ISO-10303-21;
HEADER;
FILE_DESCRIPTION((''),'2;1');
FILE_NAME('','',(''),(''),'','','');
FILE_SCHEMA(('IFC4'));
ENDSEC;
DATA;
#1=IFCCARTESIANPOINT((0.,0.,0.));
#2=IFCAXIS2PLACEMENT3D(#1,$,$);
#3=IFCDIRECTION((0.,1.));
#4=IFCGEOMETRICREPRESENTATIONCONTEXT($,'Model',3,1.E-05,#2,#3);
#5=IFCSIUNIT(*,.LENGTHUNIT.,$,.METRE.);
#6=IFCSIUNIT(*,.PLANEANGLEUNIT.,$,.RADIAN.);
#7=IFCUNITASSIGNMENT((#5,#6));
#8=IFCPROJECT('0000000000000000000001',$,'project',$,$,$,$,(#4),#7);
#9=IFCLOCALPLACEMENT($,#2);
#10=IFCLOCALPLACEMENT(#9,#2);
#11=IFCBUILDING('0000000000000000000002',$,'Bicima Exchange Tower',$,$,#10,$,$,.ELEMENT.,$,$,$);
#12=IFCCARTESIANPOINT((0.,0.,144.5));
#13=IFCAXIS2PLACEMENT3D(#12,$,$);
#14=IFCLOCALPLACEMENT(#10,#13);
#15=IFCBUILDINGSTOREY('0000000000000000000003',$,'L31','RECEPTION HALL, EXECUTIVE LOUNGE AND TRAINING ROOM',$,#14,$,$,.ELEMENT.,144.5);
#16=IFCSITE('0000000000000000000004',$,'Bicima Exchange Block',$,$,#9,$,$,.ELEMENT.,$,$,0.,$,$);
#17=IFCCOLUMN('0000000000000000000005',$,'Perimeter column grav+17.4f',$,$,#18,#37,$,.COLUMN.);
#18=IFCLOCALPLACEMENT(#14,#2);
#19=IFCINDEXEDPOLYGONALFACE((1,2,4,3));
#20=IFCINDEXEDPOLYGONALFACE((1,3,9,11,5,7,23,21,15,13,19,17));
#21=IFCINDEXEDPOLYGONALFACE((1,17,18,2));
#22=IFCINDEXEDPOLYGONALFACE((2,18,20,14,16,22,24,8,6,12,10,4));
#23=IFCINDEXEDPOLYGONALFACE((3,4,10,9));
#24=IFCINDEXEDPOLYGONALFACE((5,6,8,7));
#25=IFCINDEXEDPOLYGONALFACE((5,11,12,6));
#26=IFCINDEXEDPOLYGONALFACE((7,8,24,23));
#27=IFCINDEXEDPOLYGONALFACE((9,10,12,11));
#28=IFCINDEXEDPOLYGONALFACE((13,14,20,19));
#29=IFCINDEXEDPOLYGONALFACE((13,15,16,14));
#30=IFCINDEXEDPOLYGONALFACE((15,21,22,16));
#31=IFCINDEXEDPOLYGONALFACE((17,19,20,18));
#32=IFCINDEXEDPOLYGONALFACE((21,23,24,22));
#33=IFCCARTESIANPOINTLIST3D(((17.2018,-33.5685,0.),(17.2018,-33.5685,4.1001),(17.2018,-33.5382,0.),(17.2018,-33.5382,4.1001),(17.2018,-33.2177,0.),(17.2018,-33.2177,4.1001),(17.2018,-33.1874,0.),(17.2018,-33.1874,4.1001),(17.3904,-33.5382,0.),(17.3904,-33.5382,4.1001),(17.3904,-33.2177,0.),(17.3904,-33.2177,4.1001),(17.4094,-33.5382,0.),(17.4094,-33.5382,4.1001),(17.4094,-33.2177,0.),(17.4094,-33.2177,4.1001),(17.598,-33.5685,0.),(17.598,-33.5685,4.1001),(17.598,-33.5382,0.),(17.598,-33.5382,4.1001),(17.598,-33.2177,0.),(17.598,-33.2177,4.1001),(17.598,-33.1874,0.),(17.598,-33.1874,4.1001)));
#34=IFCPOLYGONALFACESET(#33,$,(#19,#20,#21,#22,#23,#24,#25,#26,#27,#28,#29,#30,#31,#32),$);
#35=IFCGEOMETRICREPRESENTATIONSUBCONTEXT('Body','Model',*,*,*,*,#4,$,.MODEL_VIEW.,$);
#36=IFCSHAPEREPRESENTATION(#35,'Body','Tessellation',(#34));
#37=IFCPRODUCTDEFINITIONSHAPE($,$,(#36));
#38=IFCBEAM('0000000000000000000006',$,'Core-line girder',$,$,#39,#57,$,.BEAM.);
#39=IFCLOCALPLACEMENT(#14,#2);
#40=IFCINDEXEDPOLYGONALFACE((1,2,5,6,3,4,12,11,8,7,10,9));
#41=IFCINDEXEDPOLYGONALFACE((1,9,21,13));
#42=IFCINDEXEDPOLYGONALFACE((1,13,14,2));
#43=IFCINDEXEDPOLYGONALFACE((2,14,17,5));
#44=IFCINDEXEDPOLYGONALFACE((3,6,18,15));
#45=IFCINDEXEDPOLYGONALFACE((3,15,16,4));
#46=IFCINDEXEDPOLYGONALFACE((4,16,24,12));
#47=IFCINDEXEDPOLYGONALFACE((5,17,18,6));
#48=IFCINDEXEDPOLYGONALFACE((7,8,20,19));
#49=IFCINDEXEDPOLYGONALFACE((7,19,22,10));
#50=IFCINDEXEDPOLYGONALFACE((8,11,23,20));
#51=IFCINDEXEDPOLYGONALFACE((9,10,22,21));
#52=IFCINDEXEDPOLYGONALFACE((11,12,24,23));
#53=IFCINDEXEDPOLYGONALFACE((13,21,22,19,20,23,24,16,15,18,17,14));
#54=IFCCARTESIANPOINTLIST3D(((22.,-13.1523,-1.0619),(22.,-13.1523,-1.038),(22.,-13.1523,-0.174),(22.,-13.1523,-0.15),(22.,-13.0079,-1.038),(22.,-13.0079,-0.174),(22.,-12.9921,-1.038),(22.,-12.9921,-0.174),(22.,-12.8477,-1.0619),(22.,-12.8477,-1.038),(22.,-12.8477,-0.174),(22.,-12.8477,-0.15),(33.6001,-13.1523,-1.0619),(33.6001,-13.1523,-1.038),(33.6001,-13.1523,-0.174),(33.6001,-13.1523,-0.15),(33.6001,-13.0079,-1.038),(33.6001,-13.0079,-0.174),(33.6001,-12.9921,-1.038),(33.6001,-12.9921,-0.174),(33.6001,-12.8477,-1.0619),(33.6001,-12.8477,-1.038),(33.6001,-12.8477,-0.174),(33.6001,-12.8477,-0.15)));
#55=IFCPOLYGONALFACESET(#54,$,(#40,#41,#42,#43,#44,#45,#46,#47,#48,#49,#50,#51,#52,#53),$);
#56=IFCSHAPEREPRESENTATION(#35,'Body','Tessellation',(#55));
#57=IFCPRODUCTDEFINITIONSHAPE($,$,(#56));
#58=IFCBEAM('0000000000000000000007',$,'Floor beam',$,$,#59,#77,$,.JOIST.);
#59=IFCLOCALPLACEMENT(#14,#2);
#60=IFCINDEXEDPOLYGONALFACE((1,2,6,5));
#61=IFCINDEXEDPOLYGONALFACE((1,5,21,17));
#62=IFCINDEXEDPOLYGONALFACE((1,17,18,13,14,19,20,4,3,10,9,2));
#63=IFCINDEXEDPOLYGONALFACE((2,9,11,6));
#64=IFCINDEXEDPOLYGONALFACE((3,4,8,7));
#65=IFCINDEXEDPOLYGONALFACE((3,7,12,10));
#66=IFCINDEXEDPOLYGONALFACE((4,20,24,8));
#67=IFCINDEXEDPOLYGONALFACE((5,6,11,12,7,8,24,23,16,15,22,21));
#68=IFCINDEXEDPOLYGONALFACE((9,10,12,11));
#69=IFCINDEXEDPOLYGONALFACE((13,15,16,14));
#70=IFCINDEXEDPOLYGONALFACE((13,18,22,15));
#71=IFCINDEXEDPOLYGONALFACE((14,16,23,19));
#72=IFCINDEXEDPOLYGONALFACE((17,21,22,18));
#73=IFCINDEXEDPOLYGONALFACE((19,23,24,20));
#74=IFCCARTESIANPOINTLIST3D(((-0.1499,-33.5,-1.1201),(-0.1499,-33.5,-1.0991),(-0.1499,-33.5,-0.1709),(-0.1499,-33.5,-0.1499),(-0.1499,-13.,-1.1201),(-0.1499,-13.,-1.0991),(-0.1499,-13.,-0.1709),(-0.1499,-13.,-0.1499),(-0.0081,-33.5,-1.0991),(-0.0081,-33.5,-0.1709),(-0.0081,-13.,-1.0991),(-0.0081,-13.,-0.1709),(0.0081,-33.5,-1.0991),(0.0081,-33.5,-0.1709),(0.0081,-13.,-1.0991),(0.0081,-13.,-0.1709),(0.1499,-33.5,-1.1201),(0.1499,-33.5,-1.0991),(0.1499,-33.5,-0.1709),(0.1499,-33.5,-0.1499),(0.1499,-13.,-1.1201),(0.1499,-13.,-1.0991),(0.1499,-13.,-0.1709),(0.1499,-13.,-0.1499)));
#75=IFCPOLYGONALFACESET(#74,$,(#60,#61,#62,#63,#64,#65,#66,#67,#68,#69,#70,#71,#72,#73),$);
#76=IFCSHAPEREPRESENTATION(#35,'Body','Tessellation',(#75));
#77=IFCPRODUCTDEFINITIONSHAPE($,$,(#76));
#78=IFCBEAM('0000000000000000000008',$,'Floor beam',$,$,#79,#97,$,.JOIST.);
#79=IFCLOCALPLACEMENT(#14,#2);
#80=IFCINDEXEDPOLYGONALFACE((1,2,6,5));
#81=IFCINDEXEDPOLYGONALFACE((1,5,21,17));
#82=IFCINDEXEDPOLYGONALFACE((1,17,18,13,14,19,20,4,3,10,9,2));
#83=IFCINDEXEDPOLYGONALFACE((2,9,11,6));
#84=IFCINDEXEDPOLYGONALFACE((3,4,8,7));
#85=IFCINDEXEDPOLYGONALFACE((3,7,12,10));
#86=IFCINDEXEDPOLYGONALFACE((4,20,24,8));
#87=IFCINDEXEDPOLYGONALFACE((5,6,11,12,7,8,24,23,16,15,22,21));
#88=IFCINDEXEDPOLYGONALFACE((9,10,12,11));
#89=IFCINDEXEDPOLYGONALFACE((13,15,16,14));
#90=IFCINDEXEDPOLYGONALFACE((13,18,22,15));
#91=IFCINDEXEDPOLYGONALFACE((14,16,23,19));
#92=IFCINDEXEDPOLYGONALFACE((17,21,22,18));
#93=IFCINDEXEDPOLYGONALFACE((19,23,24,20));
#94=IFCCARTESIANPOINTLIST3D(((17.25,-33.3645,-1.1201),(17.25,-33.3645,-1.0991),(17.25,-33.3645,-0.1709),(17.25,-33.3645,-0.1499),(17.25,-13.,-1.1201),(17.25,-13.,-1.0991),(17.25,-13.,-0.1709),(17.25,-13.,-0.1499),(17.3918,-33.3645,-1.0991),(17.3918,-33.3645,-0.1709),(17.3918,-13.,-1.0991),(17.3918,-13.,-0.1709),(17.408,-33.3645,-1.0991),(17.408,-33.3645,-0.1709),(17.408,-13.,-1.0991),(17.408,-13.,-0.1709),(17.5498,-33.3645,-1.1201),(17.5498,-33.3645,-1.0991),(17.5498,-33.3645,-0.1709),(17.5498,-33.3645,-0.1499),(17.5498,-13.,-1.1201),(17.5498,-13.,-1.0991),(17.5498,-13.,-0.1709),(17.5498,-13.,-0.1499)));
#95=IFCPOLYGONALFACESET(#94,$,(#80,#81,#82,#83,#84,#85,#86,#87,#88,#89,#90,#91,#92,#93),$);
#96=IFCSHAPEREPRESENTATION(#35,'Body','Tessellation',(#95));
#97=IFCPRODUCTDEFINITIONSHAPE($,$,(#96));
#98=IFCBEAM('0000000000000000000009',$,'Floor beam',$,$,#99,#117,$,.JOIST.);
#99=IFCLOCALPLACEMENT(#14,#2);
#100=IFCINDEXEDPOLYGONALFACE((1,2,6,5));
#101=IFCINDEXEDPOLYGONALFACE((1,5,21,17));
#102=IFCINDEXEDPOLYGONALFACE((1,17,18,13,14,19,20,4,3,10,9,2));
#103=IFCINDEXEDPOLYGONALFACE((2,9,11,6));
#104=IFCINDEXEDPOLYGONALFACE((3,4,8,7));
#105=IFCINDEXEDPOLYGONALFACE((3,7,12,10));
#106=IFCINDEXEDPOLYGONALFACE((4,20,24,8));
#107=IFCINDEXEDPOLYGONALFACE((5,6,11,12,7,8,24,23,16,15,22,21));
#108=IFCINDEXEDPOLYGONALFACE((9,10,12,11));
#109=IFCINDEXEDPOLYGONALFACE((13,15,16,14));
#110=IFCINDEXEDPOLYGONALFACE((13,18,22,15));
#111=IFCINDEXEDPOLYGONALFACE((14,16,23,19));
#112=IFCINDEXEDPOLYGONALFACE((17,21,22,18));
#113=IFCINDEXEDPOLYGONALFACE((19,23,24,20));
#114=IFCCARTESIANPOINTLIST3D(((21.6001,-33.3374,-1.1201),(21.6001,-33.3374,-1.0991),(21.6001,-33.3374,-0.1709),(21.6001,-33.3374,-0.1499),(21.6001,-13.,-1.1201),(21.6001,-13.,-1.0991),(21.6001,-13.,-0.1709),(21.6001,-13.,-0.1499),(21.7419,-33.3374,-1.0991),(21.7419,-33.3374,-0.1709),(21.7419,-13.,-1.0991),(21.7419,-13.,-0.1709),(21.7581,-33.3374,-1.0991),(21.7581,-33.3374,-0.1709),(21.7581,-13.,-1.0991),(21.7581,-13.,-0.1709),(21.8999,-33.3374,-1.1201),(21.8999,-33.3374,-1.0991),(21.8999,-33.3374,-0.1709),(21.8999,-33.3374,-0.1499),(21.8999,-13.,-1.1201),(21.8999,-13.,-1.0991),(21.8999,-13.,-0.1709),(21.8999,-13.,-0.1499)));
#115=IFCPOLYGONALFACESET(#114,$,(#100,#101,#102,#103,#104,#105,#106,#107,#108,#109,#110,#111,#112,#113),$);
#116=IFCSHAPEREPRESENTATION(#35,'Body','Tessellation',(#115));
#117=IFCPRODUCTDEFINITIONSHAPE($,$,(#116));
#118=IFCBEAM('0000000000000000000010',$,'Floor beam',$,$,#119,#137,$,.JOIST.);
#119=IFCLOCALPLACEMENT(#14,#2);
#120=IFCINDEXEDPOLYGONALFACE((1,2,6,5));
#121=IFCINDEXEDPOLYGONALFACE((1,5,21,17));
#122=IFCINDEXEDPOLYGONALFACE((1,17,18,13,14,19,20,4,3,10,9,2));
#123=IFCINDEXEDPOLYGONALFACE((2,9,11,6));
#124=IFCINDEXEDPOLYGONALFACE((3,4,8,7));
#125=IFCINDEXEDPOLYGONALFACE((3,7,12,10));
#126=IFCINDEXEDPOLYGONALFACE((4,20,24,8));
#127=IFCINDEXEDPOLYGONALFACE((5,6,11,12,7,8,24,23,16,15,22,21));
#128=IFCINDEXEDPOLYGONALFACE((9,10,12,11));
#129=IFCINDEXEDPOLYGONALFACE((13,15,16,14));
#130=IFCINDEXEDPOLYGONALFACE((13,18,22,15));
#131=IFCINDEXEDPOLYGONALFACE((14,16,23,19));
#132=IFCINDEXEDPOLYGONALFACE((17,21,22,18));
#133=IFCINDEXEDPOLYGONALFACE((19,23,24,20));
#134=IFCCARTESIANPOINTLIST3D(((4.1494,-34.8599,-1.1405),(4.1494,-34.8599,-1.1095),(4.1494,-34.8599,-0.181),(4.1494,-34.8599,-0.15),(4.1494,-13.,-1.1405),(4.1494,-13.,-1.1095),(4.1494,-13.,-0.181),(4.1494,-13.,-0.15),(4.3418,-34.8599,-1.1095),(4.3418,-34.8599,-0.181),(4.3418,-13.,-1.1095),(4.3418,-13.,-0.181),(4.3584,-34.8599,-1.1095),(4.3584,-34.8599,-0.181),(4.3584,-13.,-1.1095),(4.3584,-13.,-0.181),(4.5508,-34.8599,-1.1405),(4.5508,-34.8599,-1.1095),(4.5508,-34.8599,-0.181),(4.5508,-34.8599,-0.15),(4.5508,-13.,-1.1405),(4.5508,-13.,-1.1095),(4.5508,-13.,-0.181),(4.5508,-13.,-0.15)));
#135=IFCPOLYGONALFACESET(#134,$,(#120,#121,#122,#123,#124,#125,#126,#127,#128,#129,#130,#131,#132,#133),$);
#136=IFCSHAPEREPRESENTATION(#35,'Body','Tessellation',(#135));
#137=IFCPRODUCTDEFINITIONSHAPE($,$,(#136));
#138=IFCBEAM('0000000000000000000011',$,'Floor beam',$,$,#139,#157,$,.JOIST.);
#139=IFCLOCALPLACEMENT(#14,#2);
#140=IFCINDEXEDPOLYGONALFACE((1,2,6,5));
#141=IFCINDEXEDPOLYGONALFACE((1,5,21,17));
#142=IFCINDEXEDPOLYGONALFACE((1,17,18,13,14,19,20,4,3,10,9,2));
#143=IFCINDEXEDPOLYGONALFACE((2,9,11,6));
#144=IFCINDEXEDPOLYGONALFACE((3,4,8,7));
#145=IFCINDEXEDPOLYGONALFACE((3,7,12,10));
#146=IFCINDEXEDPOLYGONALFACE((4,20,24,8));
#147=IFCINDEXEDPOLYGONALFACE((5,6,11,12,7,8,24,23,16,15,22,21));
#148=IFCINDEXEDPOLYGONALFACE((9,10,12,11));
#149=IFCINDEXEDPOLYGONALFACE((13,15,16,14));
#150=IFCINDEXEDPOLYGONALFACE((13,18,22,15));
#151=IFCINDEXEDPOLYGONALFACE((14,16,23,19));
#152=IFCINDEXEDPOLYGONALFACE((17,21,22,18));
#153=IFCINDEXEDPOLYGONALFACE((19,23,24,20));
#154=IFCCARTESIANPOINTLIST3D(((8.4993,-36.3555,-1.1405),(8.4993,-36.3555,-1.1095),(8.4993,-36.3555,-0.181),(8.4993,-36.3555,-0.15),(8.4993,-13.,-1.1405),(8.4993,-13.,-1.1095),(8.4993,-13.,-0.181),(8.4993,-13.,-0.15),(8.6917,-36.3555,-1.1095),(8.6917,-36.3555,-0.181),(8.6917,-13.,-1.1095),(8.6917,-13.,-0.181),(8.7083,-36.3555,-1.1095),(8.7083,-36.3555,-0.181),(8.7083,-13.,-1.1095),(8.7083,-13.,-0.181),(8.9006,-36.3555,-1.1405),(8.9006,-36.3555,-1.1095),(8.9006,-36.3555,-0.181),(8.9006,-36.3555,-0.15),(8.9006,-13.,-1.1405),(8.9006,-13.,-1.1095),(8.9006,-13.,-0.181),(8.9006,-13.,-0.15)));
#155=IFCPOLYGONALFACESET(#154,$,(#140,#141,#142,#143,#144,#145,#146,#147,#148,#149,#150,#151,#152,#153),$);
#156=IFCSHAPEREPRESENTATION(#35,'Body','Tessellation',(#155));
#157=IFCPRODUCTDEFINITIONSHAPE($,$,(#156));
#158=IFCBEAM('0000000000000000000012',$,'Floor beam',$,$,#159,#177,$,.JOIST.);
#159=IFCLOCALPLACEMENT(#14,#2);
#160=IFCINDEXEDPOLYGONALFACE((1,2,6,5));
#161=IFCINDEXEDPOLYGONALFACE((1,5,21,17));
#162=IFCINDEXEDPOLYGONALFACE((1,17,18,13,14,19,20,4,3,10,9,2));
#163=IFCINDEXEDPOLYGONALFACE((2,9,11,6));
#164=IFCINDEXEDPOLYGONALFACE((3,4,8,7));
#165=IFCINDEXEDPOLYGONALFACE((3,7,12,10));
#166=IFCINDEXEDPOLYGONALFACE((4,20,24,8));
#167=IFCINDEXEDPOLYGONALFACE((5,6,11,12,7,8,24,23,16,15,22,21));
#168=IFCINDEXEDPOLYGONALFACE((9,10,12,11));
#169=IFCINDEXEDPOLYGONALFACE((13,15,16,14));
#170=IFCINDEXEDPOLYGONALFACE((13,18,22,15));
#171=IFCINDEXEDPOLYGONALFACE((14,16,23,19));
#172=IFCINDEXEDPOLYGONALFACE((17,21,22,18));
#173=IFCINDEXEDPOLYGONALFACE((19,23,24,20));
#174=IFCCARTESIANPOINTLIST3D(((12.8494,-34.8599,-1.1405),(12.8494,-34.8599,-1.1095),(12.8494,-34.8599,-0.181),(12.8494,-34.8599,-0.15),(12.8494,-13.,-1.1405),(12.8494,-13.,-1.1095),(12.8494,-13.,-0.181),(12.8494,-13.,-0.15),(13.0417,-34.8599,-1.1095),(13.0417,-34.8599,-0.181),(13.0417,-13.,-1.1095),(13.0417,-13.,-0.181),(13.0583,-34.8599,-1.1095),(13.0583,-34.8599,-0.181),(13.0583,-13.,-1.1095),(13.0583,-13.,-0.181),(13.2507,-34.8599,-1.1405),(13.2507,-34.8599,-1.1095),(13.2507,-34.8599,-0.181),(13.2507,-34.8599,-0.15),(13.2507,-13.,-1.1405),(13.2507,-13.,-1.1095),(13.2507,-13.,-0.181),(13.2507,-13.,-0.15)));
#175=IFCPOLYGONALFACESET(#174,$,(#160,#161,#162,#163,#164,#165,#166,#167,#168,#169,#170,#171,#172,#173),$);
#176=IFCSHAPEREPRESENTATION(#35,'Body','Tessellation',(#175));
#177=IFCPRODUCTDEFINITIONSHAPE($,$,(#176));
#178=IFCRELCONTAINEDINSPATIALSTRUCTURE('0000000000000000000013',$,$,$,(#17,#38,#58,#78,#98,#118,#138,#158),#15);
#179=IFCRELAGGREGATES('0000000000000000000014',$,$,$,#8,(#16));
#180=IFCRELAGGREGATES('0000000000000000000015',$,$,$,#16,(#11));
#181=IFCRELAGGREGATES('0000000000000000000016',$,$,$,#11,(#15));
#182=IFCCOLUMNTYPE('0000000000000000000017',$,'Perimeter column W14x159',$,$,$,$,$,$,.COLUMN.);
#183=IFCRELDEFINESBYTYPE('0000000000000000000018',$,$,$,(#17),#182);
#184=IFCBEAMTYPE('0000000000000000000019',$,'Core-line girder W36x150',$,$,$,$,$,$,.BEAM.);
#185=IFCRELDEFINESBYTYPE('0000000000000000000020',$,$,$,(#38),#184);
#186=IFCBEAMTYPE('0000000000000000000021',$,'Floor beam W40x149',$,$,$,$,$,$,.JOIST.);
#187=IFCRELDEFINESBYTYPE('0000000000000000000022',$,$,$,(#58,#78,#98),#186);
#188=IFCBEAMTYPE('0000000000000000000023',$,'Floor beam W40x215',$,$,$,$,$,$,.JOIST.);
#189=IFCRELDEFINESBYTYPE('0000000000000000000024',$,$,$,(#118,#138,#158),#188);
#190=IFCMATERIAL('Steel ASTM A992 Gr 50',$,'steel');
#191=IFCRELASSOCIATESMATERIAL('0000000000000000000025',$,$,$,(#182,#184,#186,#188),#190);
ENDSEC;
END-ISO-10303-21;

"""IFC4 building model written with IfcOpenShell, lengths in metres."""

from ifc_helpers import new_model, si_unit, direction, frame, origin, origin_2d, place, context, subcontext, project, spatial, i_section, extrude, material, material_profile, profile_set, type_object, element, save


model = new_model("IFC4")

# Units and contexts
model_context = context("Model", 3, precision=1e-05, world=origin(), true_north=direction((0.0, 1.0)))
body_context = subcontext(model_context, "Body", "Model", "MODEL_VIEW")
ifc_project = project(units=[si_unit("LENGTHUNIT", "METRE"), si_unit("PLANEANGLEUNIT", "RADIAN")], contexts=[model_context])

# Site, building, storey
site_placement = place(None, origin())
site = spatial("IfcSite", under=ifc_project, at=site_placement, Name="Bicima Exchange Block", CompositionType="ELEMENT", RefElevation=0.0)
building_placement = place(site_placement, origin())
building = spatial("IfcBuilding", under=site, at=building_placement, Name="Bicima Exchange Tower", CompositionType="ELEMENT")
storey_placement = place(building_placement, frame((0.0, 0.0, 144.5)))
storey = spatial("IfcBuildingStorey", under=building, at=storey_placement, Name="L31", Description="RECEPTION HALL, EXECUTIVE LOUNGE AND TRAINING ROOM", CompositionType="ELEMENT", Elevation=144.5)

# Column
ifc_material_1 = material(Name="Steel ASTM A992 Gr 50", Category="steel")
ifc_material_profile_1 = material_profile(ifc_material_1, i_section(OverallWidth=0.3962, OverallDepth=0.3811, WebThickness=0.019, FlangeThickness=0.0303, at=origin_2d()))
ifc_profile_set_1 = profile_set([ifc_material_profile_1], Name="Steel ASTM A992 Gr 50")
column_type = type_object("IfcColumnType", Name="Perimeter column W14x159", PredefinedType="COLUMN", material=ifc_profile_set_1)
column_placement = place(storey_placement, frame((17.3999, -33.3779, 0.0), z_axis=(0.0, 0.0, 1.0), x_axis=(1.0, 0.0, 0.0)))
element("IfcColumn", 1, at=column_placement, inside=storey, type_object=column_type, Name="Perimeter column grav+17.4f", PredefinedType="COLUMN", context=body_context, shape_type="SweptSolid", body=[
    extrude(i_section(OverallWidth=0.3962, OverallDepth=0.3811, WebThickness=0.019, FlangeThickness=0.0303, at=origin_2d()), origin(), (0.0, 0.0, 1.0), 4.1001),
])

# Beams
ifc_material_profile_2 = material_profile(ifc_material_1, i_section(OverallWidth=0.3047, OverallDepth=0.9119, WebThickness=0.0159, FlangeThickness=0.0239, at=origin_2d()))
ifc_profile_set_2 = profile_set([ifc_material_profile_2], Name="Steel ASTM A992 Gr 50")
beam_type_1 = type_object("IfcBeamType", Name="Core-line girder W36x150", PredefinedType="BEAM", material=ifc_profile_set_2)
beam_1_placement = place(storey_placement, frame((22.0, -13.0, -0.606), z_axis=(1.0, 0.0, 0.0), x_axis=(0.0, 1.0, 0.0)))
element("IfcBeam", 2, at=beam_1_placement, inside=storey, type_object=beam_type_1, Name="Core-line girder", PredefinedType="BEAM", context=body_context, shape_type="SweptSolid", body=[
    extrude(i_section(OverallWidth=0.3047, OverallDepth=0.9119, WebThickness=0.0159, FlangeThickness=0.0239, at=origin_2d()), origin(), (0.0, 0.0, 1.0), 11.6001),
])
ifc_material_profile_3 = material_profile(ifc_material_1, i_section(OverallWidth=0.2998, OverallDepth=0.9702, WebThickness=0.0161, FlangeThickness=0.021, at=origin_2d()))
ifc_profile_set_3 = profile_set([ifc_material_profile_3], Name="Steel ASTM A992 Gr 50")
beam_type_2 = type_object("IfcBeamType", Name="Floor beam W40x149", PredefinedType="JOIST", material=ifc_profile_set_3)
beam_2_placement = place(storey_placement, frame((0.0, -13.0, -0.635), z_axis=(0.0, -1.0, 0.0), x_axis=(1.0, 0.0, 0.0)))
element("IfcBeam", 3, at=beam_2_placement, inside=storey, type_object=beam_type_2, Name="Floor beam", PredefinedType="JOIST", context=body_context, shape_type="SweptSolid", body=[
    extrude(i_section(OverallWidth=0.2998, OverallDepth=0.9702, WebThickness=0.0161, FlangeThickness=0.021, at=origin_2d()), origin(), (0.0, 0.0, 1.0), 20.5),
])
beam_3_placement = place(storey_placement, frame((17.3999, -13.0, -0.635), z_axis=(0.0, -1.0, 0.0), x_axis=(1.0, 0.0, 0.0)))
element("IfcBeam", 4, at=beam_3_placement, inside=storey, type_object=beam_type_2, Name="Floor beam", PredefinedType="JOIST", context=body_context, shape_type="SweptSolid", body=[
    extrude(i_section(OverallWidth=0.2998, OverallDepth=0.9702, WebThickness=0.0161, FlangeThickness=0.021, at=origin_2d()), origin(), (0.0, 0.0, 1.0), 20.3645),
])
beam_4_placement = place(storey_placement, frame((21.75, -13.0, -0.635), z_axis=(0.0, -1.0, 0.0), x_axis=(1.0, 0.0, 0.0)))
element("IfcBeam", 5, at=beam_4_placement, inside=storey, type_object=beam_type_2, Name="Floor beam", PredefinedType="JOIST", context=body_context, shape_type="SweptSolid", body=[
    extrude(i_section(OverallWidth=0.2998, OverallDepth=0.9702, WebThickness=0.0161, FlangeThickness=0.021, at=origin_2d()), origin(), (0.0, 0.0, 1.0), 20.3374),
])
ifc_material_profile_4 = material_profile(ifc_material_1, i_section(OverallWidth=0.4014, OverallDepth=0.9905, WebThickness=0.0166, FlangeThickness=0.031, at=origin_2d()))
ifc_profile_set_4 = profile_set([ifc_material_profile_4], Name="Steel ASTM A992 Gr 50")
beam_type_3 = type_object("IfcBeamType", Name="Floor beam W40x215", PredefinedType="JOIST", material=ifc_profile_set_4)
beam_5_placement = place(storey_placement, frame((4.3501, -13.0, -0.6453), z_axis=(0.0, -1.0, 0.0), x_axis=(1.0, 0.0, 0.0)))
element("IfcBeam", 6, at=beam_5_placement, inside=storey, type_object=beam_type_3, Name="Floor beam", PredefinedType="JOIST", context=body_context, shape_type="SweptSolid", body=[
    extrude(i_section(OverallWidth=0.4014, OverallDepth=0.9905, WebThickness=0.0166, FlangeThickness=0.031, at=origin_2d()), origin(), (0.0, 0.0, 1.0), 21.8599),
])
beam_6_placement = place(storey_placement, frame((8.7, -13.0, -0.6453), z_axis=(0.0, -1.0, 0.0), x_axis=(1.0, 0.0, 0.0)))
element("IfcBeam", 7, at=beam_6_placement, inside=storey, type_object=beam_type_3, Name="Floor beam", PredefinedType="JOIST", context=body_context, shape_type="SweptSolid", body=[
    extrude(i_section(OverallWidth=0.4014, OverallDepth=0.9905, WebThickness=0.0166, FlangeThickness=0.031, at=origin_2d()), origin(), (0.0, 0.0, 1.0), 23.3555),
])
beam_7_placement = place(storey_placement, frame((13.05, -13.0, -0.6453), z_axis=(0.0, -1.0, 0.0), x_axis=(1.0, 0.0, 0.0)))
element("IfcBeam", 8, at=beam_7_placement, inside=storey, type_object=beam_type_3, Name="Floor beam", PredefinedType="JOIST", context=body_context, shape_type="SweptSolid", body=[
    extrude(i_section(OverallWidth=0.4014, OverallDepth=0.9905, WebThickness=0.0166, FlangeThickness=0.031, at=origin_2d()), origin(), (0.0, 0.0, 1.0), 21.8599),
])

save(model, "model.ifc")
